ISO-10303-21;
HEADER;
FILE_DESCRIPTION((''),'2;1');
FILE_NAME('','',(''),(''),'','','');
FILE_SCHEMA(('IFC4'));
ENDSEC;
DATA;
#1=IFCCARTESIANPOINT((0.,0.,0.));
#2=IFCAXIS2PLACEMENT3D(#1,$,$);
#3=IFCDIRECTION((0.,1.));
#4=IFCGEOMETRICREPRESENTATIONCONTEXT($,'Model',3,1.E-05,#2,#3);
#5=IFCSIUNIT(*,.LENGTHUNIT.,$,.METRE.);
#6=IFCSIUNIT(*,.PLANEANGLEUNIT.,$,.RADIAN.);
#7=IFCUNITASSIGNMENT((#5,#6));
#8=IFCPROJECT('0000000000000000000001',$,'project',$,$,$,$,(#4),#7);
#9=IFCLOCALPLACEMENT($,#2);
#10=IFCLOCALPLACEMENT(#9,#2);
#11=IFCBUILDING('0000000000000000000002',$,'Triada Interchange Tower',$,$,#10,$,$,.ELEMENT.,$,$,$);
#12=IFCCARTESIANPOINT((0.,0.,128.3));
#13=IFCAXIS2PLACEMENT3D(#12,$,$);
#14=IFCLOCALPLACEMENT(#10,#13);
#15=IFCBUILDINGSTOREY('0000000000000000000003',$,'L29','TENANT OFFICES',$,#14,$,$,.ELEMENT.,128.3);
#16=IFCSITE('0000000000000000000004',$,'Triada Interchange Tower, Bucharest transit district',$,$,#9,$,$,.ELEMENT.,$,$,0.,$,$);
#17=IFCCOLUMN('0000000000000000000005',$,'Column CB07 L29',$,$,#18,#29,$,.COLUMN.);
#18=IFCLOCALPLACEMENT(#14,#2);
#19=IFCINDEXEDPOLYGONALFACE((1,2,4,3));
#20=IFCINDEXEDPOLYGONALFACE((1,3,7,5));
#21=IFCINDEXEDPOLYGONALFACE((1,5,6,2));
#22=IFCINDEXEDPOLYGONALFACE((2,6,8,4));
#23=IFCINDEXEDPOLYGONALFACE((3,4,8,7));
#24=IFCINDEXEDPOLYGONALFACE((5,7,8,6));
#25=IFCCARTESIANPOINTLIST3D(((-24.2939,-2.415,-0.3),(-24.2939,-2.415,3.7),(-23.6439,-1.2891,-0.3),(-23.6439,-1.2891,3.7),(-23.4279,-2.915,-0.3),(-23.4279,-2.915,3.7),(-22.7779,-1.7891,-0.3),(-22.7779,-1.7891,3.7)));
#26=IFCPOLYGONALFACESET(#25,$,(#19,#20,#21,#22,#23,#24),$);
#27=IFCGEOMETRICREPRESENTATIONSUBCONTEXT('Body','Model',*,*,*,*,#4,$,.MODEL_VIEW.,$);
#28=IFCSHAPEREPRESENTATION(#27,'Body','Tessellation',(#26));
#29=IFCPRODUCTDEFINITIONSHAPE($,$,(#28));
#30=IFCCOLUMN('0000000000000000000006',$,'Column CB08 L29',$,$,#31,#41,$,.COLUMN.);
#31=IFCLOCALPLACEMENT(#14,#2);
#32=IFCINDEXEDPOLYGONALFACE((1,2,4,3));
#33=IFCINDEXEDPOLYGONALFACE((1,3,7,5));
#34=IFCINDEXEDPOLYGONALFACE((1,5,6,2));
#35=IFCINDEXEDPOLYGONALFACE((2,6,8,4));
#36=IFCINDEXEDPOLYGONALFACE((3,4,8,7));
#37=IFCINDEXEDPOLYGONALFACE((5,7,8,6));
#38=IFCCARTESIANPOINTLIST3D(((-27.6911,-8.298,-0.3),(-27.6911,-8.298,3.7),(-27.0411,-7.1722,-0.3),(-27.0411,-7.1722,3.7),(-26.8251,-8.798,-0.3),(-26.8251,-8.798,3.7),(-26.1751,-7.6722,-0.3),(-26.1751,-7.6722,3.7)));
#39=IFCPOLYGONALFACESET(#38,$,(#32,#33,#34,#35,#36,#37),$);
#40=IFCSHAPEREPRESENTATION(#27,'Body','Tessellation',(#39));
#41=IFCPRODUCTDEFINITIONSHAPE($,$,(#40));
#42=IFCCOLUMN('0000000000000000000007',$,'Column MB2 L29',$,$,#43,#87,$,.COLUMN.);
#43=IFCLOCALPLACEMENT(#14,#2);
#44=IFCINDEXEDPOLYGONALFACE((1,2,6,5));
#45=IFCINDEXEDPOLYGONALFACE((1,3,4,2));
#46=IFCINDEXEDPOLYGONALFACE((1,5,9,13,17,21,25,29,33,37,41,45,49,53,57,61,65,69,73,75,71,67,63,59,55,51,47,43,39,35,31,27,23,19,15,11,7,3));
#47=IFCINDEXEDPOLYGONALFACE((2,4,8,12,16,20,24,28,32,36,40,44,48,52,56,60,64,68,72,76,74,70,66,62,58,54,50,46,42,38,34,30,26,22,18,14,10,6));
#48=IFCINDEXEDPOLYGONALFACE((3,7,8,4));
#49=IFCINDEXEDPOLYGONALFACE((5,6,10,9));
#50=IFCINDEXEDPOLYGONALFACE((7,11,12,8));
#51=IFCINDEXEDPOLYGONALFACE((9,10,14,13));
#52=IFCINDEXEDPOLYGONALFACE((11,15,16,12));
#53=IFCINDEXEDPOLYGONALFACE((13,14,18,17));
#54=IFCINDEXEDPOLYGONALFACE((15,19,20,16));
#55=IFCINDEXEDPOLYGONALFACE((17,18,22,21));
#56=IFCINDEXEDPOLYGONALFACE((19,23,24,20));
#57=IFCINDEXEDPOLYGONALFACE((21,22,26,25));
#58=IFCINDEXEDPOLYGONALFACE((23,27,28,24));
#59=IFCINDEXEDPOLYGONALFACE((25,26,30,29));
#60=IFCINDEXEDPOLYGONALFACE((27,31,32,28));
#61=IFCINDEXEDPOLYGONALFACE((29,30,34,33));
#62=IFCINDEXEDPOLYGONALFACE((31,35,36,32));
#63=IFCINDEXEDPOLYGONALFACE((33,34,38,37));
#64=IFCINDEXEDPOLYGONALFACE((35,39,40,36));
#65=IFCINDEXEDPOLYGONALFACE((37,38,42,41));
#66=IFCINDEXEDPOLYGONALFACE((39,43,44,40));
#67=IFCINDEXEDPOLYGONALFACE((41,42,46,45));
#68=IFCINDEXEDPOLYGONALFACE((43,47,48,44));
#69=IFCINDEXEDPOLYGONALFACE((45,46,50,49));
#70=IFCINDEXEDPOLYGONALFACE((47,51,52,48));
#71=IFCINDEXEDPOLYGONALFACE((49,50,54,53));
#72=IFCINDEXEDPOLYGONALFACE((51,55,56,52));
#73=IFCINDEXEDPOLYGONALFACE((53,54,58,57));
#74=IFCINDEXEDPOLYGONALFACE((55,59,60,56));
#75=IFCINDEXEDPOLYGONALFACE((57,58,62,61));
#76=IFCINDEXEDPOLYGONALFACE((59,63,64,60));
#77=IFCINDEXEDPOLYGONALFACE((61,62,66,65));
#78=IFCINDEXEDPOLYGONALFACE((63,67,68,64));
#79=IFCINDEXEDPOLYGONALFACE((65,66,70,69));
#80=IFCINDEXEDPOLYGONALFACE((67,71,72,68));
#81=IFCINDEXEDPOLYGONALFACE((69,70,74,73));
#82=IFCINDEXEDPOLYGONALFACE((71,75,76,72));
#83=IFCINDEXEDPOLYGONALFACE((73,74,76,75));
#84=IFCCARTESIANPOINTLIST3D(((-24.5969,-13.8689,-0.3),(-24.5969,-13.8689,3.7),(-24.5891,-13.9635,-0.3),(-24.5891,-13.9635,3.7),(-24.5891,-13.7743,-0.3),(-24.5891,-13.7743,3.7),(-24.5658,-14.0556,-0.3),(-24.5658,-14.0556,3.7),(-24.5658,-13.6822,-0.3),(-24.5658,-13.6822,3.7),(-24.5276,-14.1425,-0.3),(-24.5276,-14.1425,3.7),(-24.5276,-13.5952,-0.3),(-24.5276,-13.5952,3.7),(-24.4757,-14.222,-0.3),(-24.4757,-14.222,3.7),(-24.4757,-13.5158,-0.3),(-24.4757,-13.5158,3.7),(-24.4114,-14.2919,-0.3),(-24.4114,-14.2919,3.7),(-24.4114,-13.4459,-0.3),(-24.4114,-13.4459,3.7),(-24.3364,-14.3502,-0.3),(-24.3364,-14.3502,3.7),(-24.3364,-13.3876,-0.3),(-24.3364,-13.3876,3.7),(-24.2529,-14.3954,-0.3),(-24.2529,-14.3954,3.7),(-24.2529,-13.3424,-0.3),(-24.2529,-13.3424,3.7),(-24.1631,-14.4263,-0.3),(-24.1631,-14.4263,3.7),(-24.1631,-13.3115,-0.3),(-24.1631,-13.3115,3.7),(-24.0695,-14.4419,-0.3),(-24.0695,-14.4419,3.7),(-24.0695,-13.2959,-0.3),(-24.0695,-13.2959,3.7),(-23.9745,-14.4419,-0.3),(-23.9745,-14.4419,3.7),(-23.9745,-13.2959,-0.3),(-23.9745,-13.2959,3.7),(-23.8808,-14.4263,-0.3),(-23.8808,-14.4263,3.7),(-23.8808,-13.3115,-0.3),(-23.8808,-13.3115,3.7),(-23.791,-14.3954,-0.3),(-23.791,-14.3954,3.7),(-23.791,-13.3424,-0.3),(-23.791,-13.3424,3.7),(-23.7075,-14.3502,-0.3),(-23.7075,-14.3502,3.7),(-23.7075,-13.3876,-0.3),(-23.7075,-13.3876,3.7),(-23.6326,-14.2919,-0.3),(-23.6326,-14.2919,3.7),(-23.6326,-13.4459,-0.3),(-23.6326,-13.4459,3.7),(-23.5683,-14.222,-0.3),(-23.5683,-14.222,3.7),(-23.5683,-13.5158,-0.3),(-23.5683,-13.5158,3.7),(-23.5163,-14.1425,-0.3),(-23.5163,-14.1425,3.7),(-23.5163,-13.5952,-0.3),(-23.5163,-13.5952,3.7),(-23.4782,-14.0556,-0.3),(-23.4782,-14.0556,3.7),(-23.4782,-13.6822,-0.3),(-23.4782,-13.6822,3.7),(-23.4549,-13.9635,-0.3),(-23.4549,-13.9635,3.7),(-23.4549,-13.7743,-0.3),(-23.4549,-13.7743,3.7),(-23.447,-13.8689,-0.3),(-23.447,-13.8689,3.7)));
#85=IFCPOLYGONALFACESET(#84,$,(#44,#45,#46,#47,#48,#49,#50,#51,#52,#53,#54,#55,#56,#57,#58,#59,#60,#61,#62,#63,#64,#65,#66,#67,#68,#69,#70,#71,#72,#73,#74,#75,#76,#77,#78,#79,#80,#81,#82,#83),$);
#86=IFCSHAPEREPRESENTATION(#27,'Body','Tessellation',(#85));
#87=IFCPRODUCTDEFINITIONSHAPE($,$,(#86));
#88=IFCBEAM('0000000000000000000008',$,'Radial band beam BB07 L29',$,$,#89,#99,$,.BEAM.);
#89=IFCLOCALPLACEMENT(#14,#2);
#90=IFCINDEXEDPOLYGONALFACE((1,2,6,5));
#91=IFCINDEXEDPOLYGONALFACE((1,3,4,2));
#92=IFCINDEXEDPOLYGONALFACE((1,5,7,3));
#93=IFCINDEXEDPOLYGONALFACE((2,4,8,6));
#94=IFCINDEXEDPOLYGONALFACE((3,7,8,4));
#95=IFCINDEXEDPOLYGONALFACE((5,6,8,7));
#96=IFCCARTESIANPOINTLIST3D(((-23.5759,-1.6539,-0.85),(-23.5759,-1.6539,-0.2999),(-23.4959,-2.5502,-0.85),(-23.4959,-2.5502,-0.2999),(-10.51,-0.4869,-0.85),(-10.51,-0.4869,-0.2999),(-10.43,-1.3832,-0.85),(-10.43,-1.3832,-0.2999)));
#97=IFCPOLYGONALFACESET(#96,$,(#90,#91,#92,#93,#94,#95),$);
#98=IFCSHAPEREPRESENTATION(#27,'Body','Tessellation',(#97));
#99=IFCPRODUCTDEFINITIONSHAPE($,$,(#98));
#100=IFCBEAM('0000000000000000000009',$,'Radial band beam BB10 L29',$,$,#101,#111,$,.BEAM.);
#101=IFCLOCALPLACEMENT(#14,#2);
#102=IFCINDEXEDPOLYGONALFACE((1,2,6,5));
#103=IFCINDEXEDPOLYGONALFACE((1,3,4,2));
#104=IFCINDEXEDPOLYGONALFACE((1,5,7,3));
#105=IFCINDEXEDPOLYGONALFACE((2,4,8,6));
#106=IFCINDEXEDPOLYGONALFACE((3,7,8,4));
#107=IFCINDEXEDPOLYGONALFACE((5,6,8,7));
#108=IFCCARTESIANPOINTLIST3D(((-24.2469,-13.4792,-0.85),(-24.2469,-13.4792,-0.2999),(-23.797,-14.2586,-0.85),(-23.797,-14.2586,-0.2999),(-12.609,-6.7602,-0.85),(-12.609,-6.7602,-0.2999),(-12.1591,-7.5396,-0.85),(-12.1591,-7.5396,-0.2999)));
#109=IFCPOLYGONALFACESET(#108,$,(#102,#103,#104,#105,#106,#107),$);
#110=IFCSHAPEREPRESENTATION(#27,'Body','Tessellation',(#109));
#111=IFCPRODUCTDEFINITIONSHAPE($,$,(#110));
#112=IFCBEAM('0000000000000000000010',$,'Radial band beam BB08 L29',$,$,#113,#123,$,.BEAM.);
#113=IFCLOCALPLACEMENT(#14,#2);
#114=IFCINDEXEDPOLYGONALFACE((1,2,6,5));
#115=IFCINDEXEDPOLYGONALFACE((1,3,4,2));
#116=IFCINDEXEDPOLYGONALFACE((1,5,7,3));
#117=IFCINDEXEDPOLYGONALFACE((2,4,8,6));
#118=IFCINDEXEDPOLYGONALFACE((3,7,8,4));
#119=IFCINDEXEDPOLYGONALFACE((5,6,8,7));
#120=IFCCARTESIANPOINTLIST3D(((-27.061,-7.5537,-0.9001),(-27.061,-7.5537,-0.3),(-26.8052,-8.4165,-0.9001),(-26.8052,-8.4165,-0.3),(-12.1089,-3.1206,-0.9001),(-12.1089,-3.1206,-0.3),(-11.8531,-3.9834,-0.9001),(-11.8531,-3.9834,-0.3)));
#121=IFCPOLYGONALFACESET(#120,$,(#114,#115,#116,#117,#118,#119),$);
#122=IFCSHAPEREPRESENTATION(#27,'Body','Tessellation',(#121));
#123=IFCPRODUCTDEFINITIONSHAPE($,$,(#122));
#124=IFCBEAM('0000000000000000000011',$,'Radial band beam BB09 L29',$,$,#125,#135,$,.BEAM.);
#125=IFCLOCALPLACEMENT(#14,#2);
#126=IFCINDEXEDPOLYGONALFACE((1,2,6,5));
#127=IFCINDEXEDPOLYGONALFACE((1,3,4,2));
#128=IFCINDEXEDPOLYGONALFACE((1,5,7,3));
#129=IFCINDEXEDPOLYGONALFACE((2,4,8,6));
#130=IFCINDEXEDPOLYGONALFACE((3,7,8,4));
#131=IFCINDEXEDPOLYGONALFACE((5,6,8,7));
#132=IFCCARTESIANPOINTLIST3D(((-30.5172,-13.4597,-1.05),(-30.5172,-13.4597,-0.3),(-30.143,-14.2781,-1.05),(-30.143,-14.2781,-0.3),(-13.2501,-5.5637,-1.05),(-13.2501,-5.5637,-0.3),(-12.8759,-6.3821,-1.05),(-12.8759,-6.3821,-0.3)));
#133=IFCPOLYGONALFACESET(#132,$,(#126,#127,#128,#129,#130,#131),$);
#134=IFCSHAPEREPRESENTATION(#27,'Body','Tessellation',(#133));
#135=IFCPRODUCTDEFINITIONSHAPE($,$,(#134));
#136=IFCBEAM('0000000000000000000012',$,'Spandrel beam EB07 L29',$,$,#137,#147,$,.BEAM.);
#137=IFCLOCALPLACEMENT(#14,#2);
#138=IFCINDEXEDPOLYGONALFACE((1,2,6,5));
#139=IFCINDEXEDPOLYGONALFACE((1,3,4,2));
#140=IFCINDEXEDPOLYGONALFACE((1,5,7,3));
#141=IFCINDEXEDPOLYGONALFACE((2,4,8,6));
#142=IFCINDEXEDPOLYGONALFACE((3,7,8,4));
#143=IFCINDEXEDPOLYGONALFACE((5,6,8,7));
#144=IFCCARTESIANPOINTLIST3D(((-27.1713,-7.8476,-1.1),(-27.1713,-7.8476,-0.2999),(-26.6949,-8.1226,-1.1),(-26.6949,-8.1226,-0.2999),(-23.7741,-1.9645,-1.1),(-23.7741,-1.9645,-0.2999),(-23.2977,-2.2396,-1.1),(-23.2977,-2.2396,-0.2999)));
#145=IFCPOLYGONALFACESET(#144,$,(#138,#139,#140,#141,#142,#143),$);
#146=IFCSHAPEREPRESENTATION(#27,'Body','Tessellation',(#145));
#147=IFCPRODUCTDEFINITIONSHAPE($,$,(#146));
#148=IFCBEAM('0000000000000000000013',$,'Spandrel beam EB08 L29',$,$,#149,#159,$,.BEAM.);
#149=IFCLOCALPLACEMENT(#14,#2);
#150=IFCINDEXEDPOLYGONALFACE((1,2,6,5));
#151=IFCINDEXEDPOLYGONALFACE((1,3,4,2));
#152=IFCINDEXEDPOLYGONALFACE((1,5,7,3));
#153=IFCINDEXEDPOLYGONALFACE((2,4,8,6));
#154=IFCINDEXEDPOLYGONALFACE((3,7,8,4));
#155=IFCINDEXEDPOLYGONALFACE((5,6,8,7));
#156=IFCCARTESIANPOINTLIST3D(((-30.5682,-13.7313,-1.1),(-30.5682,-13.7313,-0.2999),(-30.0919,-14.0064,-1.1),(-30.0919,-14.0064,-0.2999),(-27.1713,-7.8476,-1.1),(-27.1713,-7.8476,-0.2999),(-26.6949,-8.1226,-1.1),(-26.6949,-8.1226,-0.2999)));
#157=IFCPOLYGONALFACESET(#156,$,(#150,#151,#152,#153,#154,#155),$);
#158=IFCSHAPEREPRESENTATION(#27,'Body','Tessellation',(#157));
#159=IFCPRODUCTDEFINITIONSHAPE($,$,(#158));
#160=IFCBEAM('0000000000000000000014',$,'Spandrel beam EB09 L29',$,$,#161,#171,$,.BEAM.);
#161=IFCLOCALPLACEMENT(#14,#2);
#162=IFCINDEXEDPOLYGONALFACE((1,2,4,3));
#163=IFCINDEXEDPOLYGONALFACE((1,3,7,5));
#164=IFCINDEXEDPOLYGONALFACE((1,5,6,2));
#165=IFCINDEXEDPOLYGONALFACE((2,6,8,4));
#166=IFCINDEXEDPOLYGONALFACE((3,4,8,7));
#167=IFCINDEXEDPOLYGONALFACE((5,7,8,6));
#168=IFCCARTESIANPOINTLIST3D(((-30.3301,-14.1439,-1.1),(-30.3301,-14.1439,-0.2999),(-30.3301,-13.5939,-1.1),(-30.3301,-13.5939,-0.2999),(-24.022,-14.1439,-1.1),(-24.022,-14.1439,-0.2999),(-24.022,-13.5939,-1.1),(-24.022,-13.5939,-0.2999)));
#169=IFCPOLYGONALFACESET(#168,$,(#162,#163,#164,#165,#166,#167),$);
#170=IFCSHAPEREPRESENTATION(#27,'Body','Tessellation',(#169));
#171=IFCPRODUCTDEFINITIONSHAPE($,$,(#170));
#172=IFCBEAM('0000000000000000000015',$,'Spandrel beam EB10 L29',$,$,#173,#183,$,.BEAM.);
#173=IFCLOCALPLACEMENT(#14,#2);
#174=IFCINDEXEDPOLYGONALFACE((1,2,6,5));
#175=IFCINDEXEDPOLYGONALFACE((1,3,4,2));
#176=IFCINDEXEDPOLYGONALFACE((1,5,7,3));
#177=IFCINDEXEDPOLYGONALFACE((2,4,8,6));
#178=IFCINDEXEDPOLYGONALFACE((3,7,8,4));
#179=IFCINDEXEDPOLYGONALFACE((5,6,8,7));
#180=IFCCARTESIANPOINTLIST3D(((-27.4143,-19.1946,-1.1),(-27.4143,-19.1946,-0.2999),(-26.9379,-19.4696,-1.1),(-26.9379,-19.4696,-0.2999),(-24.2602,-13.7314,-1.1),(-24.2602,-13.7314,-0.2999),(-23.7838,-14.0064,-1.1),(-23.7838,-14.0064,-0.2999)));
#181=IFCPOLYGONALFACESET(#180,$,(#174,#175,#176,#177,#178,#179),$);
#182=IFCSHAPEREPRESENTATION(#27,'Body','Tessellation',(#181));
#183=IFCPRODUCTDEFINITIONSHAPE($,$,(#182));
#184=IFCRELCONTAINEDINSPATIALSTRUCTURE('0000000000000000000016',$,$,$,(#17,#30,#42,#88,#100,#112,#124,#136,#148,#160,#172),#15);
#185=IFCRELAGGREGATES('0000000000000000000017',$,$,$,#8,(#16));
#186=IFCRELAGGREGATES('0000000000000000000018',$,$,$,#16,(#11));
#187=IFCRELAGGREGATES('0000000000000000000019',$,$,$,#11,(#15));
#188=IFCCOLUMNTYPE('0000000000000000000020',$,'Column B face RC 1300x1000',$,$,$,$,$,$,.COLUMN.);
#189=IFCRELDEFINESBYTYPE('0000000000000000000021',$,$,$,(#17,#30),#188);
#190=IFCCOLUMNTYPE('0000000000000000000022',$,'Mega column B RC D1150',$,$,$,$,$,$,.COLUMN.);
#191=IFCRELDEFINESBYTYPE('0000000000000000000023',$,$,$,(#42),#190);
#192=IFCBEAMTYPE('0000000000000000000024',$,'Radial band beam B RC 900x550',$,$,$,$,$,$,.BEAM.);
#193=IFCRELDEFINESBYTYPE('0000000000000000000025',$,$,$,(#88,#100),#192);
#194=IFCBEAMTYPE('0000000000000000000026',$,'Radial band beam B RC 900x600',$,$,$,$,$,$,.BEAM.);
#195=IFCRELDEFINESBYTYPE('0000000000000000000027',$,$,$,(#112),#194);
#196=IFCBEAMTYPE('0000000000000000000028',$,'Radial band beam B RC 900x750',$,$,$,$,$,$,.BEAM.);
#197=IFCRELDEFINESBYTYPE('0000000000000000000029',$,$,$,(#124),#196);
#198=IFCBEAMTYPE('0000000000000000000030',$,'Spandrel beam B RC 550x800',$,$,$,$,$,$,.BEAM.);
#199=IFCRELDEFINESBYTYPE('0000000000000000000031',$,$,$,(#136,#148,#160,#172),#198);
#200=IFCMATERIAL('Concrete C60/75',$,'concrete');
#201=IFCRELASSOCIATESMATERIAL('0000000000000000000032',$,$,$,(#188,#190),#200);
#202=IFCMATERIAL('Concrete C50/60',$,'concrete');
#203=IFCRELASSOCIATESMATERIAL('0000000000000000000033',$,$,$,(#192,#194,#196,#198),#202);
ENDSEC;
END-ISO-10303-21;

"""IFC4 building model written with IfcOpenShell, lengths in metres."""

from ifc_helpers import new_model, si_unit, direction, frame, origin, origin_2d, place, context, subcontext, project, spatial, rectangle, circle, extrude, material, material_profile, profile_set, type_object, element, save


model = new_model("IFC4")

# Units and contexts
model_context = context("Model", 3, precision=1e-05, world=origin(), true_north=direction((0.0, 1.0)))
body_context = subcontext(model_context, "Body", "Model", "MODEL_VIEW")
ifc_project = project(units=[si_unit("LENGTHUNIT", "METRE"), si_unit("PLANEANGLEUNIT", "RADIAN")], contexts=[model_context])

# Site, building, storey
site_placement = place(None, origin())
site = spatial("IfcSite", under=ifc_project, at=site_placement, Name="Triada Interchange Tower, Bucharest transit district", CompositionType="ELEMENT", RefElevation=0.0)
building_placement = place(site_placement, origin())
building = spatial("IfcBuilding", under=site, at=building_placement, Name="Triada Interchange Tower", CompositionType="ELEMENT")
storey_placement = place(building_placement, frame((0.0, 0.0, 128.3)))
storey = spatial("IfcBuildingStorey", under=building, at=storey_placement, Name="L29", Description="TENANT OFFICES", CompositionType="ELEMENT", Elevation=128.3)

# Columns
ifc_material_1 = material(Name="Concrete C60/75", Category="concrete")
ifc_material_profile_1 = material_profile(ifc_material_1, rectangle(XDim=1.3, YDim=1.0, at=origin_2d()), Name="RC 1300x1000")
ifc_profile_set_1 = profile_set([ifc_material_profile_1], Name="Concrete C60/75")
column_type_1 = type_object("IfcColumnType", Name="Column B face RC 1300x1000", PredefinedType="COLUMN", material=ifc_profile_set_1)
for number, where, z_axis, x_axis, name in (
    (1, (-23.5359, -2.1021, -0.3), (0.0, 0.0, 1.0), (0.5, 0.866025, 0.0), "Column CB07 L29"),
    (2, (-26.9331, -7.9851, -0.3), (0.0, 0.0, 1.0), (0.5, 0.866025, 0.0), "Column CB08 L29"),
):
    element("IfcColumn", number, at=place(storey_placement, frame(where, z_axis=z_axis, x_axis=x_axis)), inside=storey, type_object=column_type_1, Name=name, PredefinedType="COLUMN", context=body_context, shape_type="SweptSolid", body=[
        extrude(rectangle(XDim=1.3, YDim=1.0, at=origin_2d()), origin(), (0.0, 0.0, 1.0), 4.0),
    ])
ifc_material_profile_2 = material_profile(ifc_material_1, circle(Radius=0.575, at=origin_2d()), Name="RC D1150")
ifc_profile_set_2 = profile_set([ifc_material_profile_2], Name="Concrete C60/75")
column_type_2 = type_object("IfcColumnType", Name="Mega column B RC D1150", PredefinedType="COLUMN", material=ifc_profile_set_2)
column_placement = place(storey_placement, frame((-24.022, -13.8689, -0.3), z_axis=(0.0, 0.0, 1.0), x_axis=(1.0, 0.0, 0.0)))
element("IfcColumn", 3, at=column_placement, inside=storey, type_object=column_type_2, Name="Column MB2 L29", PredefinedType="COLUMN", context=body_context, shape_type="SweptSolid", body=[
    extrude(circle(Radius=0.575, at=origin_2d()), origin(), (0.0, 0.0, 1.0), 4.0),
])

# Beams
ifc_material_2 = material(Name="Concrete C50/60", Category="concrete")
ifc_material_profile_3 = material_profile(ifc_material_2, rectangle(XDim=0.8999, YDim=0.55, at=origin_2d()), Name="RC 900x550")
ifc_profile_set_3 = profile_set([ifc_material_profile_3], Name="Concrete C50/60")
beam_type_1 = type_object("IfcBeamType", Name="Radial band beam B RC 900x550", PredefinedType="BEAM", material=ifc_profile_set_3)
beam_1_placement = place(storey_placement, frame((-23.5359, -2.1021, -0.575), z_axis=(0.996035, 0.088962, 0.0), x_axis=(-0.088962, 0.996035, 0.0)))
element("IfcBeam", 4, at=beam_1_placement, inside=storey, type_object=beam_type_1, Name="Radial band beam BB07 L29", PredefinedType="BEAM", context=body_context, shape_type="SweptSolid", body=[
    extrude(rectangle(XDim=0.8999, YDim=0.55, at=origin_2d()), origin(), (0.0, 0.0, 1.0), 13.1179),
])
beam_2_placement = place(storey_placement, frame((-24.022, -13.8689, -0.575), z_axis=(0.866031, 0.49999, 0.0), x_axis=(-0.49999, 0.866031, 0.0)))
element("IfcBeam", 5, at=beam_2_placement, inside=storey, type_object=beam_type_1, Name="Radial band beam BB10 L29", PredefinedType="BEAM", context=body_context, shape_type="SweptSolid", body=[
    extrude(rectangle(XDim=0.8999, YDim=0.55, at=origin_2d()), origin(), (0.0, 0.0, 1.0), 13.4382),
])
ifc_material_profile_4 = material_profile(ifc_material_2, rectangle(XDim=0.8999, YDim=0.6001, at=origin_2d()), Name="RC 900x600")
ifc_profile_set_4 = profile_set([ifc_material_profile_4], Name="Concrete C50/60")
beam_type_2 = type_object("IfcBeamType", Name="Radial band beam B RC 900x600", PredefinedType="BEAM", material=ifc_profile_set_4)
beam_3_placement = place(storey_placement, frame((-26.9331, -7.9851, -0.6001), z_axis=(0.958749, 0.284256, 0.0), x_axis=(-0.284256, 0.958749, 0.0)))
element("IfcBeam", 6, at=beam_3_placement, inside=storey, type_object=beam_type_2, Name="Radial band beam BB08 L29", PredefinedType="BEAM", context=body_context, shape_type="SweptSolid", body=[
    extrude(rectangle(XDim=0.8999, YDim=0.6001, at=origin_2d()), origin(), (0.0, 0.0, 1.0), 15.5955),
])
ifc_material_profile_5 = material_profile(ifc_material_2, rectangle(XDim=0.8999, YDim=0.75, at=origin_2d()), Name="RC 900x750")
ifc_profile_set_5 = profile_set([ifc_material_profile_5], Name="Concrete C50/60")
beam_type_3 = type_object("IfcBeamType", Name="Radial band beam B RC 900x750", PredefinedType="BEAM", material=ifc_profile_set_5)
beam_4_placement = place(storey_placement, frame((-30.3301, -13.8689, -0.675), z_axis=(0.909425, 0.415867, 0.0), x_axis=(-0.415867, 0.909425, 0.0)))
element("IfcBeam", 7, at=beam_4_placement, inside=storey, type_object=beam_type_3, Name="Radial band beam BB09 L29", PredefinedType="BEAM", context=body_context, shape_type="SweptSolid", body=[
    extrude(rectangle(XDim=0.8999, YDim=0.75, at=origin_2d()), origin(), (0.0, 0.0, 1.0), 18.9868),
])
ifc_material_profile_6 = material_profile(ifc_material_2, rectangle(XDim=0.55, YDim=0.8, at=origin_2d()), Name="RC 550x800")
ifc_profile_set_6 = profile_set([ifc_material_profile_6], Name="Concrete C50/60")
beam_type_4 = type_object("IfcBeamType", Name="Spandrel beam B RC 550x800", PredefinedType="BEAM", material=ifc_profile_set_6)
beam_5_placement = place(storey_placement, frame((-23.5359, -2.1021, -0.7), z_axis=(-0.50007, -0.865985, 0.0), x_axis=(0.865985, -0.50007, 0.0)))
element("IfcBeam", 8, at=beam_5_placement, inside=storey, type_object=beam_type_4, Name="Spandrel beam EB07 L29", PredefinedType="BEAM", context=body_context, shape_type="SweptSolid", body=[
    extrude(rectangle(XDim=0.55, YDim=0.8, at=origin_2d()), origin(), (0.0, 0.0, 1.0), 6.7935),
])
beam_6_placement = place(storey_placement, frame((-26.9331, -7.9851, -0.7), z_axis=(-0.499996, -0.866028, 0.0), x_axis=(0.866028, -0.499996, 0.0)))
element("IfcBeam", 9, at=beam_6_placement, inside=storey, type_object=beam_type_4, Name="Spandrel beam EB08 L29", PredefinedType="BEAM", context=body_context, shape_type="SweptSolid", body=[
    extrude(rectangle(XDim=0.55, YDim=0.8, at=origin_2d()), origin(), (0.0, 0.0, 1.0), 6.7939),
])
beam_7_placement = place(storey_placement, frame((-30.3301, -13.8689, -0.7), z_axis=(1.0, 0.0, 0.0), x_axis=(0.0, 1.0, 0.0)))
element("IfcBeam", 10, at=beam_7_placement, inside=storey, type_object=beam_type_4, Name="Spandrel beam EB09 L29", PredefinedType="BEAM", context=body_context, shape_type="SweptSolid", body=[
    extrude(rectangle(XDim=0.55, YDim=0.8, at=origin_2d()), origin(), (0.0, 0.0, 1.0), 6.3081),
])
beam_8_placement = place(storey_placement, frame((-24.022, -13.8689, -0.7), z_axis=(-0.499989, -0.866032, 0.0), x_axis=(0.866032, -0.499989, 0.0)))
element("IfcBeam", 11, at=beam_8_placement, inside=storey, type_object=beam_type_4, Name="Spandrel beam EB10 L29", PredefinedType="BEAM", context=body_context, shape_type="SweptSolid", body=[
    extrude(rectangle(XDim=0.55, YDim=0.8, at=origin_2d()), origin(), (0.0, 0.0, 1.0), 6.3083),
])

save(model, "model.ifc")
